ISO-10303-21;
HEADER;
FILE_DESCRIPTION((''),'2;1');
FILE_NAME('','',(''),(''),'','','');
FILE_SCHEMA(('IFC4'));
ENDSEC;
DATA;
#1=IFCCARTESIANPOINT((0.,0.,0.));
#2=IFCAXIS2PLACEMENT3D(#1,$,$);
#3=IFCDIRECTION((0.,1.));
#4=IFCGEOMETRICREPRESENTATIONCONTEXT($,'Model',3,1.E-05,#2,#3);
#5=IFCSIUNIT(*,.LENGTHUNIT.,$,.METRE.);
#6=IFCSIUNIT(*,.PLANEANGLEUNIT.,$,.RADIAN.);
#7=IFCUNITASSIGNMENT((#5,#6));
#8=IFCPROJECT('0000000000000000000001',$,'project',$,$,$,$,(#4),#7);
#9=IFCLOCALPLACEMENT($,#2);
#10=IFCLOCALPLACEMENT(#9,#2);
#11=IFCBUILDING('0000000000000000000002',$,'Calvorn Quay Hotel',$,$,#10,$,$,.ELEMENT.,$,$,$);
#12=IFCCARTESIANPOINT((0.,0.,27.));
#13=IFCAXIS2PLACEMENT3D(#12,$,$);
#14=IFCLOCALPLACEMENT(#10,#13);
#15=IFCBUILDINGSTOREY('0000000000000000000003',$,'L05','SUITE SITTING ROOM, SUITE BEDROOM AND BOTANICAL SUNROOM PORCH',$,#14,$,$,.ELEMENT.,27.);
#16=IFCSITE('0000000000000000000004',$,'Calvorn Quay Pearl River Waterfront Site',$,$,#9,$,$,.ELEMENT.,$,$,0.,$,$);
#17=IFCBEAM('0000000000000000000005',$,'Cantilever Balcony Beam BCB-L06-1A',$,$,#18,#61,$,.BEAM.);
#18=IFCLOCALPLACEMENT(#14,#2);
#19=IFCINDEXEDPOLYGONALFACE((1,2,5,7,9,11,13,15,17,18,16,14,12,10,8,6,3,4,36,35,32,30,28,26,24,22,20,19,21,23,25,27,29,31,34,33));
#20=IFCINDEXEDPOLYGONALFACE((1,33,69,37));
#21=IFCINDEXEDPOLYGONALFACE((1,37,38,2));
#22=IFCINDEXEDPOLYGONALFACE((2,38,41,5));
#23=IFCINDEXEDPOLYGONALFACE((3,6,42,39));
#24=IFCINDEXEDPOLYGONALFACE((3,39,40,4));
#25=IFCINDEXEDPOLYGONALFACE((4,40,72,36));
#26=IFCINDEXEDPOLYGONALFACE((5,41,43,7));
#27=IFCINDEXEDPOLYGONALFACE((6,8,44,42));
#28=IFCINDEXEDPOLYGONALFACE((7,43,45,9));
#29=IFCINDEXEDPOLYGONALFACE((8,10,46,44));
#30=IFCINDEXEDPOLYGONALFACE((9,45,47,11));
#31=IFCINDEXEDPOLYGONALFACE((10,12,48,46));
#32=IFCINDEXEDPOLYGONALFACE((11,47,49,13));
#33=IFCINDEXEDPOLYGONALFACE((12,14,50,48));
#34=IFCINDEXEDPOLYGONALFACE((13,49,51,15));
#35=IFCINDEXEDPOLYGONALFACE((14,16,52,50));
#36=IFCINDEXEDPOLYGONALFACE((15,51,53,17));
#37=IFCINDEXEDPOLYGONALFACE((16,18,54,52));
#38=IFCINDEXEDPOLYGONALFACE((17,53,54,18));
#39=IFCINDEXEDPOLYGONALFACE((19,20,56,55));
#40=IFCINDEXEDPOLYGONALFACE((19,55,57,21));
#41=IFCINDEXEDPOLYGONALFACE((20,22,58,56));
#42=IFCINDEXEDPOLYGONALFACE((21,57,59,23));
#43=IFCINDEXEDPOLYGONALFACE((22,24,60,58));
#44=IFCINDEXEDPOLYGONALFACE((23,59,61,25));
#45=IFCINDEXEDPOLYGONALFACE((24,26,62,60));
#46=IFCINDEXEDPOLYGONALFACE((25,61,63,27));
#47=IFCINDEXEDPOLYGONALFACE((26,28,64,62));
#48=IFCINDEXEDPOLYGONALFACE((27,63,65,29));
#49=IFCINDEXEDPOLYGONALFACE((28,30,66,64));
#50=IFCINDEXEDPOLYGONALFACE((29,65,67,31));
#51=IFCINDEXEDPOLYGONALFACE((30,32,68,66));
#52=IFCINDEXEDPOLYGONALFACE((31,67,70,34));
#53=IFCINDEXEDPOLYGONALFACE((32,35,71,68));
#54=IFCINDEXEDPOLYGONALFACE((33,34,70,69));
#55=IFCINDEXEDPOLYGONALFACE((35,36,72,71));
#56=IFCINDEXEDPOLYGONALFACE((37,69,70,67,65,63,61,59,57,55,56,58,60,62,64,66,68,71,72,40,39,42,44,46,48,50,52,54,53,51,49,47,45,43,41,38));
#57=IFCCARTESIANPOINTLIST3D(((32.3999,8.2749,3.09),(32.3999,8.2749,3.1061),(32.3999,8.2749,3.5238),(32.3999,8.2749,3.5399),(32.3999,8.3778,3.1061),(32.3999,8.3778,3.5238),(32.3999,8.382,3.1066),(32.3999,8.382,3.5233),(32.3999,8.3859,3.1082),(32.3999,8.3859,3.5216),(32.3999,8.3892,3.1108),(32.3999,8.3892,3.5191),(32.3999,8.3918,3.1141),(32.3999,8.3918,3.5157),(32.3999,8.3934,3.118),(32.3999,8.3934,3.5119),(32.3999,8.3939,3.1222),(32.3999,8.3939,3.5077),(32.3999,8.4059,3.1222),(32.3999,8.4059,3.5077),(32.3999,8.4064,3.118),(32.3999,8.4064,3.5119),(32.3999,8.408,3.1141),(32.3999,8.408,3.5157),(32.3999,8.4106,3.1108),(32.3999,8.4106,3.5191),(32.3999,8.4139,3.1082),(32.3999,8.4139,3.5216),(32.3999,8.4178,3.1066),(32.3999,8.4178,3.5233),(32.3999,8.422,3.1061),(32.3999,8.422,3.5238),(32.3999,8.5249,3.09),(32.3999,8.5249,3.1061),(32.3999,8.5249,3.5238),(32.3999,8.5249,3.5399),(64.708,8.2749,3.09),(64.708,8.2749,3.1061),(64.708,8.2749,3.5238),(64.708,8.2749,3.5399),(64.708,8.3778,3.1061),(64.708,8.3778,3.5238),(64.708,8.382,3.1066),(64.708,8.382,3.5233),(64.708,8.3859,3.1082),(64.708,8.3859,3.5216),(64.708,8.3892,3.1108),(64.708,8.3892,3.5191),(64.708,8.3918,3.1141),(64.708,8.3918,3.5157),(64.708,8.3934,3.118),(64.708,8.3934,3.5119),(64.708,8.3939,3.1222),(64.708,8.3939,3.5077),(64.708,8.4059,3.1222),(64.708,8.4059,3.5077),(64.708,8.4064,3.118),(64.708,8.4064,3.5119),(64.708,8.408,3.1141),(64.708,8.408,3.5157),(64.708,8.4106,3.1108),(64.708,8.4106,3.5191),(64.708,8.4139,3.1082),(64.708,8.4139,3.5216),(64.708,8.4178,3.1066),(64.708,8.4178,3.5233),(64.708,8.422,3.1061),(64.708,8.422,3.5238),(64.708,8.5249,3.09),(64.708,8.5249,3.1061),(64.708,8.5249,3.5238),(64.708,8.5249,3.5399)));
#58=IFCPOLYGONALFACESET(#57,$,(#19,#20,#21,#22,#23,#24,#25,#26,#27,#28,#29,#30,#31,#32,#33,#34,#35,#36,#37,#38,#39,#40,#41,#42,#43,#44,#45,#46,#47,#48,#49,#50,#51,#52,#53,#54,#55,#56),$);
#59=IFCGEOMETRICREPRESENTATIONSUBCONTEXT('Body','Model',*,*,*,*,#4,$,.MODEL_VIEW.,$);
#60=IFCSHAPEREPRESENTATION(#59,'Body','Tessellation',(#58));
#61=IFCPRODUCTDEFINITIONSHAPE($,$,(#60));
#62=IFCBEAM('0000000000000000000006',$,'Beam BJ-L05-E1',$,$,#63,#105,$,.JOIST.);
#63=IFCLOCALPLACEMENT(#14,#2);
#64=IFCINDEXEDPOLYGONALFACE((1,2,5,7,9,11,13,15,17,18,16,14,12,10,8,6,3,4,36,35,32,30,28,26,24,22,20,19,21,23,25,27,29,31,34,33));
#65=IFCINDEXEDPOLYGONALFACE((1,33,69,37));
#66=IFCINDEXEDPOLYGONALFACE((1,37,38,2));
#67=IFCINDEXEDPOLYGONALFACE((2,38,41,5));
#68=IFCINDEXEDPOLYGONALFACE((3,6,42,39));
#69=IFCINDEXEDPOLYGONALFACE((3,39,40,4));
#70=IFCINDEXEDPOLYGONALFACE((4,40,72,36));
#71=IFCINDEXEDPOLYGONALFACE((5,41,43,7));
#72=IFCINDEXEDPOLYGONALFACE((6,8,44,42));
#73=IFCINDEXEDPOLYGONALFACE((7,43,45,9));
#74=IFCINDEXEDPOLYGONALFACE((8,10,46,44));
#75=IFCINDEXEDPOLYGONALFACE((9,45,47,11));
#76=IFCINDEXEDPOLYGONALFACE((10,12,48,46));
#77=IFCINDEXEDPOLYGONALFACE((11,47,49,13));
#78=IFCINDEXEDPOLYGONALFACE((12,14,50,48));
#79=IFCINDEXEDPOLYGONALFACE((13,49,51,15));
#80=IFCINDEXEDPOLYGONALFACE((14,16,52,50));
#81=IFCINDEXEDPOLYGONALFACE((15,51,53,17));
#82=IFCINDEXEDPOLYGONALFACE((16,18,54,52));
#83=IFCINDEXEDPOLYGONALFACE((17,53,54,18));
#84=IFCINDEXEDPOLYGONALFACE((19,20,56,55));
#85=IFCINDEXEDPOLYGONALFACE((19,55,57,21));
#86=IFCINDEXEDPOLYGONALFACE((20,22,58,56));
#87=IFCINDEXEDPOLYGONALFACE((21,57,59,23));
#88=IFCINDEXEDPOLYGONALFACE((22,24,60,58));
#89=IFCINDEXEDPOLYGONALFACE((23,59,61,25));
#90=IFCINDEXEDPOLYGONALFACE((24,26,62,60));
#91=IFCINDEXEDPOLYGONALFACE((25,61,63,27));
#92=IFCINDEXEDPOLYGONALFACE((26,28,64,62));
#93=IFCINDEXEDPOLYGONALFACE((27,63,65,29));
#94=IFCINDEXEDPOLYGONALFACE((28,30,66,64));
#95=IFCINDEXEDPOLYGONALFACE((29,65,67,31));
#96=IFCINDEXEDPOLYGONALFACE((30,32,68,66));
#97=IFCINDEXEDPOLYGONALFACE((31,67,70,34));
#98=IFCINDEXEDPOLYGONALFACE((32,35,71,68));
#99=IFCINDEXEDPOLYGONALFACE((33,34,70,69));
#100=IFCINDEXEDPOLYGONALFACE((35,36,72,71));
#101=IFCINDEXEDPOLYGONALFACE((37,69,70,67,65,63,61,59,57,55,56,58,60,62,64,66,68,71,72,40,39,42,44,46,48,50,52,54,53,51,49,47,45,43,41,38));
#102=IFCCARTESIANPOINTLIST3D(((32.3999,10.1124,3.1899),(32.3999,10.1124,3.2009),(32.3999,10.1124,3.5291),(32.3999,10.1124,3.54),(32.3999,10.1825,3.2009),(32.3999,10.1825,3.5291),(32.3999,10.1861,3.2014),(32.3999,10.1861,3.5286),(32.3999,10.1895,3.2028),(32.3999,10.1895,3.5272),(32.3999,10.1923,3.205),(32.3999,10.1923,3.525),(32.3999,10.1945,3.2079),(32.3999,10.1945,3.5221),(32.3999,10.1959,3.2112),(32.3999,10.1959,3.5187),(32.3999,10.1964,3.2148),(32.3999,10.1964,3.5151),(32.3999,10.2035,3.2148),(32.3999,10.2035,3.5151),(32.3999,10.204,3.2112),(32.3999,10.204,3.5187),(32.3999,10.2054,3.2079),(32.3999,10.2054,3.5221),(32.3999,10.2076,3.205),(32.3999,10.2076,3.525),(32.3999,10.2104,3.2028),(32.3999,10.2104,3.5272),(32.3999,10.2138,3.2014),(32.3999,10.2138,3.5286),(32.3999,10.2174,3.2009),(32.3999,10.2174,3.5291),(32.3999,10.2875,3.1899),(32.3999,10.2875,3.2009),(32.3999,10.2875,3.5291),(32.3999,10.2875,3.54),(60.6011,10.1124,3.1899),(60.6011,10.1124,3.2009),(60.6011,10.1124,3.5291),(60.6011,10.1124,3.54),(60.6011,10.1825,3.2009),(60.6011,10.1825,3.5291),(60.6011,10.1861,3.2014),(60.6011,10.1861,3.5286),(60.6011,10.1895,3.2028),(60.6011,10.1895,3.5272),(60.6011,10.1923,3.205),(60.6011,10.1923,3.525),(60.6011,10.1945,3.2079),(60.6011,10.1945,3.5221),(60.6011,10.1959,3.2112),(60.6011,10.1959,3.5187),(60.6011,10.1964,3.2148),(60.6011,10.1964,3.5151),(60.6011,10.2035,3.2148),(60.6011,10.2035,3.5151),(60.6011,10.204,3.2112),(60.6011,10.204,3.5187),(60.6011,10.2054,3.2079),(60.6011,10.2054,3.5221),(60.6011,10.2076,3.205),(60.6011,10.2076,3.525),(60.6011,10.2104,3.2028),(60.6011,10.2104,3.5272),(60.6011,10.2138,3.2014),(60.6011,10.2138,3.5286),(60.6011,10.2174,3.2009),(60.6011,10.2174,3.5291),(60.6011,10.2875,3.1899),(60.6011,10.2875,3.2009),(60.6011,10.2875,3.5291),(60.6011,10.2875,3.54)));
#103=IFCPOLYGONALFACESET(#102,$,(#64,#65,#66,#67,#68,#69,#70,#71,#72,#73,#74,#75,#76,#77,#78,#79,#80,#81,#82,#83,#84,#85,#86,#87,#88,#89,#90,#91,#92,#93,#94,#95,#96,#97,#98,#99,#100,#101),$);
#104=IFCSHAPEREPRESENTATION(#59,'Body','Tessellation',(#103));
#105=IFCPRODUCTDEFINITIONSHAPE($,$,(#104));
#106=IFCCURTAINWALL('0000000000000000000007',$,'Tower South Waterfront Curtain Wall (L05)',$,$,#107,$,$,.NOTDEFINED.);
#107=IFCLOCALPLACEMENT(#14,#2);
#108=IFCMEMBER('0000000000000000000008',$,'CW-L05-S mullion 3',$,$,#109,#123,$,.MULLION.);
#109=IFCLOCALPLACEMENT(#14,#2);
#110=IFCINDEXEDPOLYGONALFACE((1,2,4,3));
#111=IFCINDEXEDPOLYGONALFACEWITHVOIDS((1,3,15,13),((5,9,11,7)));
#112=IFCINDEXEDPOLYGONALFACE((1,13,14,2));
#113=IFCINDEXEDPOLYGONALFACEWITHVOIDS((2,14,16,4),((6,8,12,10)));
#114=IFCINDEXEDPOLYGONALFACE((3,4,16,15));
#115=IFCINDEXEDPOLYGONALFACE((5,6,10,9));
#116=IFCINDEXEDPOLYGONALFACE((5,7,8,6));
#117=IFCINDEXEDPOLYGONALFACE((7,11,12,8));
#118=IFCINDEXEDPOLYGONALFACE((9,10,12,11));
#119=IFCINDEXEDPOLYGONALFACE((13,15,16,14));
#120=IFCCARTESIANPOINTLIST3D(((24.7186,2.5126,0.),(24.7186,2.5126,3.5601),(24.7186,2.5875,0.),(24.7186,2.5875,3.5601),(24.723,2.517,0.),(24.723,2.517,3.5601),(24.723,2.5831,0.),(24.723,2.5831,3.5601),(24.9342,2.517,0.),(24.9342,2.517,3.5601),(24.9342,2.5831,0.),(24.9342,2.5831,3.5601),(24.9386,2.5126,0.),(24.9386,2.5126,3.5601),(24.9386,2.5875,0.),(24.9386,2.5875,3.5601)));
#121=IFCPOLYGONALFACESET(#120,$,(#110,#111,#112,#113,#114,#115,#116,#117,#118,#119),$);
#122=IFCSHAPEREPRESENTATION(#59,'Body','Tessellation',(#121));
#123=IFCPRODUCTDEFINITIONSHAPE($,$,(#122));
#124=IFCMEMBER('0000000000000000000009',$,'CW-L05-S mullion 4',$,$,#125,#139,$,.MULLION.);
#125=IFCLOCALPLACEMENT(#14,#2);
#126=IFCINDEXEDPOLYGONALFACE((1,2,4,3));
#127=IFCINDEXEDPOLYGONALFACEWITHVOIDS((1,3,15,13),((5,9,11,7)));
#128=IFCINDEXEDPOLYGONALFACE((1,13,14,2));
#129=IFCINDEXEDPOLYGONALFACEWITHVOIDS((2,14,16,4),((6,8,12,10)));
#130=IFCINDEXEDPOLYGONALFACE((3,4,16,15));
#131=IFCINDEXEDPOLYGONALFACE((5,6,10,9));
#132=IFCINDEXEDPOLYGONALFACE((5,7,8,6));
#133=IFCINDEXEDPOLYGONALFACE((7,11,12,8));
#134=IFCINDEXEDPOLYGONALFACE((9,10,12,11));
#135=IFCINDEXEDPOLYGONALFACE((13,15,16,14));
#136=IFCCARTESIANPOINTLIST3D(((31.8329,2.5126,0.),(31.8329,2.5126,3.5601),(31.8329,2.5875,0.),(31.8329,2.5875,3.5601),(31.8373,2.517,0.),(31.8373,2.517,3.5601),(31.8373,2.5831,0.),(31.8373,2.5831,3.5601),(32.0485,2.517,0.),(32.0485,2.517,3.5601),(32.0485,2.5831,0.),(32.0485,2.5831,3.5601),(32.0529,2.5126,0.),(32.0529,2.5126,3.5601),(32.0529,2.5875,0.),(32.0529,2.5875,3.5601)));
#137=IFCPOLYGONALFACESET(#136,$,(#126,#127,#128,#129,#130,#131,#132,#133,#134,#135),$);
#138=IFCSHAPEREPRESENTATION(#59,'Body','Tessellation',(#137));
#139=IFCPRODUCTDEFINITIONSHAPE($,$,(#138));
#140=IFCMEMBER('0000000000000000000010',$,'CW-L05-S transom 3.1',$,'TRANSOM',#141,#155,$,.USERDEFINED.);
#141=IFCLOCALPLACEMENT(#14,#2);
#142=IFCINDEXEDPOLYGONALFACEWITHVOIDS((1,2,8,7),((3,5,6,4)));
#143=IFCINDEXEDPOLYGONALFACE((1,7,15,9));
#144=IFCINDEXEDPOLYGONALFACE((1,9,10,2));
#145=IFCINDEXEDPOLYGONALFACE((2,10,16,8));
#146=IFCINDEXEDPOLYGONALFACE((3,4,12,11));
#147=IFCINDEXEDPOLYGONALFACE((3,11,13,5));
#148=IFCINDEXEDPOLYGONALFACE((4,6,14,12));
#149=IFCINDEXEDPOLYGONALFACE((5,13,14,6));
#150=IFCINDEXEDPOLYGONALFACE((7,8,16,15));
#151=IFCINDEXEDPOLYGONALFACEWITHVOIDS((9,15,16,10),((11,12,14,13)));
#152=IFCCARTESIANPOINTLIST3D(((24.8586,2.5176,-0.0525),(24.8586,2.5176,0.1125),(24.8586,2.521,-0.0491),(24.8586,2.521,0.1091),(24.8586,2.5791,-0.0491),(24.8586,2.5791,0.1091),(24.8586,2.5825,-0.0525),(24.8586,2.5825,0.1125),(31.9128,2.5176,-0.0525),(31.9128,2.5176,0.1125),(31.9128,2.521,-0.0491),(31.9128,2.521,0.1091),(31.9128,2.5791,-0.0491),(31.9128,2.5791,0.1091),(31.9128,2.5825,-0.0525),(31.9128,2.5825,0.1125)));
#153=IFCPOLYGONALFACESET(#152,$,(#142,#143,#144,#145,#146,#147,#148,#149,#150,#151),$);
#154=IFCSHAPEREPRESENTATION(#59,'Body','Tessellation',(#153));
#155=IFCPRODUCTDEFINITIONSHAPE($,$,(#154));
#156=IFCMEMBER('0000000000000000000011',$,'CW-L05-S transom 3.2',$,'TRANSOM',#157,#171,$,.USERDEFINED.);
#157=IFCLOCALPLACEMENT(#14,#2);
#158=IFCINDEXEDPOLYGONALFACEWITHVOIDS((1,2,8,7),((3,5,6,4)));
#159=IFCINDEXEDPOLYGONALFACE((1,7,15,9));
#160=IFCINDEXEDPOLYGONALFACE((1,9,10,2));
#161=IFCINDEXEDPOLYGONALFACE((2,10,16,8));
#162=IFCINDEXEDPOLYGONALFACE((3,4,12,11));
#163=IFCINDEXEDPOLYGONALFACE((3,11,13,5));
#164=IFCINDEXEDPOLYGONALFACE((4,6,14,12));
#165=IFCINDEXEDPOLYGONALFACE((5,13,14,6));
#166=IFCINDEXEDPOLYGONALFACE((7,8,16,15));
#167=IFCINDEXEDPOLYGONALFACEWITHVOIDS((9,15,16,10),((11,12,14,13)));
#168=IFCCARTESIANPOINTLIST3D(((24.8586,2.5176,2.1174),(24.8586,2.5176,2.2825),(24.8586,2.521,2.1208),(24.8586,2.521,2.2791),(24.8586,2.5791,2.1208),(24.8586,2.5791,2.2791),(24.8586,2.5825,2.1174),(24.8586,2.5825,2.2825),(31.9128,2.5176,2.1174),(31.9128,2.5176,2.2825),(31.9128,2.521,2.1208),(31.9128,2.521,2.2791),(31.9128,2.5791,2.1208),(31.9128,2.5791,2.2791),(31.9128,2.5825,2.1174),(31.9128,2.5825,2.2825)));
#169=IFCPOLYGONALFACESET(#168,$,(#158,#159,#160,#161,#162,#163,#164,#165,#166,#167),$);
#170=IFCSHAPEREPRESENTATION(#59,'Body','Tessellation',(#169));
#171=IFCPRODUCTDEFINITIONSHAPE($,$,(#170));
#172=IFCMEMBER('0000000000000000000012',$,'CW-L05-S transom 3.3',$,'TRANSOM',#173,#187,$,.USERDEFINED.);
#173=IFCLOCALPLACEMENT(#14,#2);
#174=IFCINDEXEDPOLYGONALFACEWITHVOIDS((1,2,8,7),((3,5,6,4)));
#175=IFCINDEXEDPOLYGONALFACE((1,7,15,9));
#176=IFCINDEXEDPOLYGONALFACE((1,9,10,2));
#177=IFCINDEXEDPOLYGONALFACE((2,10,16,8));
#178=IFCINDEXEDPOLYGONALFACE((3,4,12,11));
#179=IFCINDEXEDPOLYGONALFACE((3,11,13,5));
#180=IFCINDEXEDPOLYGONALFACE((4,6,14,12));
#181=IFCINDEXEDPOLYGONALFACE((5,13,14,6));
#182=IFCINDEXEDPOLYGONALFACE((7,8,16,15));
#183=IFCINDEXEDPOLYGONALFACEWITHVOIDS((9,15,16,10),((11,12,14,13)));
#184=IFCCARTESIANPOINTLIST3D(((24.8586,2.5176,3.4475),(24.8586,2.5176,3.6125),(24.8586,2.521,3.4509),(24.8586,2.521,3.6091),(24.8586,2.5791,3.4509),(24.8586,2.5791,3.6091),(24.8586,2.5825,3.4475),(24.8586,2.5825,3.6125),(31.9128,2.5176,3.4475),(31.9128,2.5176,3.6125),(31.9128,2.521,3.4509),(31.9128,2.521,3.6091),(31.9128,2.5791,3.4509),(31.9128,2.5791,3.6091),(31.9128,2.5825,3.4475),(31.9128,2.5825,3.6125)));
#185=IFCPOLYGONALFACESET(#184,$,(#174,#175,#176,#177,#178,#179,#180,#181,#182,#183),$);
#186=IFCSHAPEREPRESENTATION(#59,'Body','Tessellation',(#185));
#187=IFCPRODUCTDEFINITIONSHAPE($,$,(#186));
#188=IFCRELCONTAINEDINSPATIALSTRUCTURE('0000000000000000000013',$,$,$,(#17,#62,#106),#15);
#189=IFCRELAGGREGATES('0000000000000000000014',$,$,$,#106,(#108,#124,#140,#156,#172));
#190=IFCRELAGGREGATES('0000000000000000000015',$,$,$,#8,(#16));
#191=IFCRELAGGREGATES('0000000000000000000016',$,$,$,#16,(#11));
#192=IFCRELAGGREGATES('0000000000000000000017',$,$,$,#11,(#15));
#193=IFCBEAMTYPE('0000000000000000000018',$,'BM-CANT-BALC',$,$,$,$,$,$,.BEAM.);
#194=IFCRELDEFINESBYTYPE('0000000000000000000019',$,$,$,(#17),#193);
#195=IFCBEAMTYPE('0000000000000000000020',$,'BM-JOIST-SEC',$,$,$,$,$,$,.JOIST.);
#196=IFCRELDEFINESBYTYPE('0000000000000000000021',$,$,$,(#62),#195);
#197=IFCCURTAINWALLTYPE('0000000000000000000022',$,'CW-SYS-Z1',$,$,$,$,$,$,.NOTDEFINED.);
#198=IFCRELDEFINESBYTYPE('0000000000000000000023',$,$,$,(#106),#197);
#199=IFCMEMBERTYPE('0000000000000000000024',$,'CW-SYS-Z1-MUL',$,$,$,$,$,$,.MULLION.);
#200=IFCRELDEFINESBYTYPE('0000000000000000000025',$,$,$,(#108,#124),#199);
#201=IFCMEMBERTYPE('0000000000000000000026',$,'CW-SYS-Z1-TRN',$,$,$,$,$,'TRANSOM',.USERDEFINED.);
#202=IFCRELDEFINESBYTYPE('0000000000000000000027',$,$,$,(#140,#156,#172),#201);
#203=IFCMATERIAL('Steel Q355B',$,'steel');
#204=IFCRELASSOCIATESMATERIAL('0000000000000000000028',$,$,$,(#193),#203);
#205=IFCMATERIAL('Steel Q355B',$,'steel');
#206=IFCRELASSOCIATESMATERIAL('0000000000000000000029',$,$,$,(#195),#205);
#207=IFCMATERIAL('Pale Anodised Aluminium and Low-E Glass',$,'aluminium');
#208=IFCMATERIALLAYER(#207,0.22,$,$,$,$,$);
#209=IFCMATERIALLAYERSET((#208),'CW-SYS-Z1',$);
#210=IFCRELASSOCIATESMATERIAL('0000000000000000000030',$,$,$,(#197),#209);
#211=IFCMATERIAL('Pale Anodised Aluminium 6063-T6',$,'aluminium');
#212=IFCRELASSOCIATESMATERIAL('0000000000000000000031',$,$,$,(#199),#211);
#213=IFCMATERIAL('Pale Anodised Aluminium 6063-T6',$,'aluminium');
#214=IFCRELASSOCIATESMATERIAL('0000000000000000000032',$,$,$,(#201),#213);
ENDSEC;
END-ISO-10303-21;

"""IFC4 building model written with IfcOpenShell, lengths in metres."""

from ifc_helpers import new_model, si_unit, direction, frame, origin, origin_2d, place, context, subcontext, project, spatial, hollow_rectangle, i_section, extrude, material, layer, layer_set, material_profile, profile_set, type_object, element, aggregate, save


model = new_model("IFC4")

# Units and contexts
model_context = context("Model", 3, precision=1e-05, world=origin(), true_north=direction((0.0, 1.0)))
body_context = subcontext(model_context, "Body", "Model", "MODEL_VIEW")
ifc_project = project(units=[si_unit("LENGTHUNIT", "METRE"), si_unit("PLANEANGLEUNIT", "RADIAN")], contexts=[model_context])

# Site, building, storey
site_placement = place(None, origin())
site = spatial("IfcSite", under=ifc_project, at=site_placement, Name="Calvorn Quay Pearl River Waterfront Site", CompositionType="ELEMENT", RefElevation=0.0)
building_placement = place(site_placement, origin())
building = spatial("IfcBuilding", under=site, at=building_placement, Name="Calvorn Quay Hotel", CompositionType="ELEMENT")
storey_placement = place(building_placement, frame((0.0, 0.0, 27.0)))
storey = spatial("IfcBuildingStorey", under=building, at=storey_placement, Name="L05", Description="SUITE SITTING ROOM, SUITE BEDROOM AND BOTANICAL SUNROOM PORCH", CompositionType="ELEMENT", Elevation=27.0)

# Beams
ifc_material_1 = material(Name="Steel Q355B", Category="steel")
ifc_material_profile_1 = material_profile(ifc_material_1, i_section(OverallWidth=0.25, OverallDepth=0.45, WebThickness=0.012, FlangeThickness=0.0161, FilletRadius=0.0161, at=origin_2d()), Name="HN450x250x12x16")
ifc_profile_set_1 = profile_set([ifc_material_profile_1], Name="Steel Q355B")
beam_type_1 = type_object("IfcBeamType", Name="BM-CANT-BALC", PredefinedType="BEAM", material=ifc_profile_set_1)
beam_1_placement = place(storey_placement, frame((32.3999, 8.3999, 3.3149), z_axis=(1.0, 0.0, 0.0), x_axis=(0.0, 1.0, 0.0)))
element("IfcBeam", 1, at=beam_1_placement, inside=storey, type_object=beam_type_1, Name="Cantilever Balcony Beam BCB-L06-1A", PredefinedType="BEAM", context=body_context, shape_type="SweptSolid", body=[
    extrude(i_section(OverallWidth=0.25, OverallDepth=0.45, WebThickness=0.012, FlangeThickness=0.0161, FilletRadius=0.0161, at=origin_2d()), origin(), (0.0, 0.0, 1.0), 32.3081),
])
ifc_material_2 = material(Name="Steel Q355B", Category="steel")
ifc_material_profile_2 = material_profile(ifc_material_2, i_section(OverallWidth=0.175, OverallDepth=0.3501, WebThickness=0.0071, FlangeThickness=0.011, FilletRadius=0.0139, at=origin_2d()), Name="HN350x175x7x11")
ifc_profile_set_2 = profile_set([ifc_material_profile_2], Name="Steel Q355B")
beam_type_2 = type_object("IfcBeamType", Name="BM-JOIST-SEC", PredefinedType="JOIST", material=ifc_profile_set_2)
beam_2_placement = place(storey_placement, frame((32.3999, 10.2, 3.365), z_axis=(1.0, 0.0, 0.0), x_axis=(0.0, 1.0, 0.0)))
element("IfcBeam", 2, at=beam_2_placement, inside=storey, type_object=beam_type_2, Name="Beam BJ-L05-E1", PredefinedType="JOIST", context=body_context, shape_type="SweptSolid", body=[
    extrude(i_section(OverallWidth=0.175, OverallDepth=0.3501, WebThickness=0.0071, FlangeThickness=0.011, FilletRadius=0.0139, at=origin_2d()), origin(), (0.0, 0.0, 1.0), 28.2012),
])

# Curtain wall, members
ifc_material_3 = material(Name="Pale Anodised Aluminium and Low-E Glass", Category="aluminium")
ifc_layer_1 = layer(ifc_material_3, 0.22)
ifc_layer_set_1 = layer_set([ifc_layer_1], Name="CW-SYS-Z1")
curtain_wall_type = type_object("IfcCurtainWallType", Name="CW-SYS-Z1", PredefinedType="NOTDEFINED", material=ifc_layer_set_1)
curtain_wall_placement = place(storey_placement, origin())
curtain_wall = element("IfcCurtainWall", 3, at=curtain_wall_placement, inside=storey, type_object=curtain_wall_type, Name="Tower South Waterfront Curtain Wall (L05)", PredefinedType="NOTDEFINED")
ifc_material_4 = material(Name="Pale Anodised Aluminium 6063-T6", Category="aluminium")
ifc_material_profile_3 = material_profile(ifc_material_4, hollow_rectangle(XDim=0.075, YDim=0.22, WallThickness=0.0044, at=origin_2d()), Name="ALU-M220x75x4.5")
ifc_profile_set_3 = profile_set([ifc_material_profile_3], Name="Pale Anodised Aluminium 6063-T6")
member_type_1 = type_object("IfcMemberType", Name="CW-SYS-Z1-MUL", PredefinedType="MULLION", material=ifc_profile_set_3)
member_1_placement = place(storey_placement, frame((24.8286, 2.55, 0.0), z_axis=(0.0, 0.0, 1.0), x_axis=(0.0, 1.0, 0.0)))
member_1 = element("IfcMember", 4, at=member_1_placement, type_object=member_type_1, Name="CW-L05-S mullion 3", PredefinedType="MULLION", context=body_context, shape_type="SweptSolid", body=[
    extrude(hollow_rectangle(XDim=0.075, YDim=0.22, WallThickness=0.0044, at=origin_2d()), origin(), (0.0, 0.0, 1.0), 3.5601),
])
member_2_placement = place(storey_placement, frame((31.9429, 2.55, 0.0), z_axis=(0.0, 0.0, 1.0), x_axis=(0.0, 1.0, 0.0)))
member_2 = element("IfcMember", 5, at=member_2_placement, type_object=member_type_1, Name="CW-L05-S mullion 4", PredefinedType="MULLION", context=body_context, shape_type="SweptSolid", body=[
    extrude(hollow_rectangle(XDim=0.075, YDim=0.22, WallThickness=0.0044, at=origin_2d()), origin(), (0.0, 0.0, 1.0), 3.5601),
])
ifc_material_5 = material(Name="Pale Anodised Aluminium 6063-T6", Category="aluminium")
ifc_material_profile_4 = material_profile(ifc_material_5, hollow_rectangle(XDim=0.0649, YDim=0.165, WallThickness=0.0034, at=origin_2d()), Name="ALU-T165x65x3.5")
ifc_profile_set_4 = profile_set([ifc_material_profile_4], Name="Pale Anodised Aluminium 6063-T6")
member_type_2 = type_object("IfcMemberType", Name="CW-SYS-Z1-TRN", ElementType="TRANSOM", PredefinedType="USERDEFINED", material=ifc_profile_set_4)
member_3_placement = place(storey_placement, frame((24.8586, 2.55, 0.03), z_axis=(1.0, 0.0, 0.0), x_axis=(0.0, 1.0, 0.0)))
member_3 = element("IfcMember", 6, at=member_3_placement, type_object=member_type_2, Name="CW-L05-S transom 3.1", ObjectType="TRANSOM", PredefinedType="USERDEFINED", context=body_context, shape_type="SweptSolid", body=[
    extrude(hollow_rectangle(XDim=0.0649, YDim=0.165, WallThickness=0.0034, at=origin_2d()), origin(), (0.0, 0.0, 1.0), 7.0542),
])
member_4_placement = place(storey_placement, frame((24.8586, 2.55, 2.2), z_axis=(1.0, 0.0, 0.0), x_axis=(0.0, 1.0, 0.0)))
member_4 = element("IfcMember", 7, at=member_4_placement, type_object=member_type_2, Name="CW-L05-S transom 3.2", ObjectType="TRANSOM", PredefinedType="USERDEFINED", context=body_context, shape_type="SweptSolid", body=[
    extrude(hollow_rectangle(XDim=0.0649, YDim=0.165, WallThickness=0.0034, at=origin_2d()), origin(), (0.0, 0.0, 1.0), 7.0542),
])
member_5_placement = place(storey_placement, frame((24.8586, 2.55, 3.53), z_axis=(1.0, 0.0, 0.0), x_axis=(0.0, 1.0, 0.0)))
member_5 = element("IfcMember", 8, at=member_5_placement, type_object=member_type_2, Name="CW-L05-S transom 3.3", ObjectType="TRANSOM", PredefinedType="USERDEFINED", context=body_context, shape_type="SweptSolid", body=[
    extrude(hollow_rectangle(XDim=0.0649, YDim=0.165, WallThickness=0.0034, at=origin_2d()), origin(), (0.0, 0.0, 1.0), 7.0542),
])
aggregate(curtain_wall, [member_1, member_2, member_3, member_4, member_5])

save(model, "model.ifc")
